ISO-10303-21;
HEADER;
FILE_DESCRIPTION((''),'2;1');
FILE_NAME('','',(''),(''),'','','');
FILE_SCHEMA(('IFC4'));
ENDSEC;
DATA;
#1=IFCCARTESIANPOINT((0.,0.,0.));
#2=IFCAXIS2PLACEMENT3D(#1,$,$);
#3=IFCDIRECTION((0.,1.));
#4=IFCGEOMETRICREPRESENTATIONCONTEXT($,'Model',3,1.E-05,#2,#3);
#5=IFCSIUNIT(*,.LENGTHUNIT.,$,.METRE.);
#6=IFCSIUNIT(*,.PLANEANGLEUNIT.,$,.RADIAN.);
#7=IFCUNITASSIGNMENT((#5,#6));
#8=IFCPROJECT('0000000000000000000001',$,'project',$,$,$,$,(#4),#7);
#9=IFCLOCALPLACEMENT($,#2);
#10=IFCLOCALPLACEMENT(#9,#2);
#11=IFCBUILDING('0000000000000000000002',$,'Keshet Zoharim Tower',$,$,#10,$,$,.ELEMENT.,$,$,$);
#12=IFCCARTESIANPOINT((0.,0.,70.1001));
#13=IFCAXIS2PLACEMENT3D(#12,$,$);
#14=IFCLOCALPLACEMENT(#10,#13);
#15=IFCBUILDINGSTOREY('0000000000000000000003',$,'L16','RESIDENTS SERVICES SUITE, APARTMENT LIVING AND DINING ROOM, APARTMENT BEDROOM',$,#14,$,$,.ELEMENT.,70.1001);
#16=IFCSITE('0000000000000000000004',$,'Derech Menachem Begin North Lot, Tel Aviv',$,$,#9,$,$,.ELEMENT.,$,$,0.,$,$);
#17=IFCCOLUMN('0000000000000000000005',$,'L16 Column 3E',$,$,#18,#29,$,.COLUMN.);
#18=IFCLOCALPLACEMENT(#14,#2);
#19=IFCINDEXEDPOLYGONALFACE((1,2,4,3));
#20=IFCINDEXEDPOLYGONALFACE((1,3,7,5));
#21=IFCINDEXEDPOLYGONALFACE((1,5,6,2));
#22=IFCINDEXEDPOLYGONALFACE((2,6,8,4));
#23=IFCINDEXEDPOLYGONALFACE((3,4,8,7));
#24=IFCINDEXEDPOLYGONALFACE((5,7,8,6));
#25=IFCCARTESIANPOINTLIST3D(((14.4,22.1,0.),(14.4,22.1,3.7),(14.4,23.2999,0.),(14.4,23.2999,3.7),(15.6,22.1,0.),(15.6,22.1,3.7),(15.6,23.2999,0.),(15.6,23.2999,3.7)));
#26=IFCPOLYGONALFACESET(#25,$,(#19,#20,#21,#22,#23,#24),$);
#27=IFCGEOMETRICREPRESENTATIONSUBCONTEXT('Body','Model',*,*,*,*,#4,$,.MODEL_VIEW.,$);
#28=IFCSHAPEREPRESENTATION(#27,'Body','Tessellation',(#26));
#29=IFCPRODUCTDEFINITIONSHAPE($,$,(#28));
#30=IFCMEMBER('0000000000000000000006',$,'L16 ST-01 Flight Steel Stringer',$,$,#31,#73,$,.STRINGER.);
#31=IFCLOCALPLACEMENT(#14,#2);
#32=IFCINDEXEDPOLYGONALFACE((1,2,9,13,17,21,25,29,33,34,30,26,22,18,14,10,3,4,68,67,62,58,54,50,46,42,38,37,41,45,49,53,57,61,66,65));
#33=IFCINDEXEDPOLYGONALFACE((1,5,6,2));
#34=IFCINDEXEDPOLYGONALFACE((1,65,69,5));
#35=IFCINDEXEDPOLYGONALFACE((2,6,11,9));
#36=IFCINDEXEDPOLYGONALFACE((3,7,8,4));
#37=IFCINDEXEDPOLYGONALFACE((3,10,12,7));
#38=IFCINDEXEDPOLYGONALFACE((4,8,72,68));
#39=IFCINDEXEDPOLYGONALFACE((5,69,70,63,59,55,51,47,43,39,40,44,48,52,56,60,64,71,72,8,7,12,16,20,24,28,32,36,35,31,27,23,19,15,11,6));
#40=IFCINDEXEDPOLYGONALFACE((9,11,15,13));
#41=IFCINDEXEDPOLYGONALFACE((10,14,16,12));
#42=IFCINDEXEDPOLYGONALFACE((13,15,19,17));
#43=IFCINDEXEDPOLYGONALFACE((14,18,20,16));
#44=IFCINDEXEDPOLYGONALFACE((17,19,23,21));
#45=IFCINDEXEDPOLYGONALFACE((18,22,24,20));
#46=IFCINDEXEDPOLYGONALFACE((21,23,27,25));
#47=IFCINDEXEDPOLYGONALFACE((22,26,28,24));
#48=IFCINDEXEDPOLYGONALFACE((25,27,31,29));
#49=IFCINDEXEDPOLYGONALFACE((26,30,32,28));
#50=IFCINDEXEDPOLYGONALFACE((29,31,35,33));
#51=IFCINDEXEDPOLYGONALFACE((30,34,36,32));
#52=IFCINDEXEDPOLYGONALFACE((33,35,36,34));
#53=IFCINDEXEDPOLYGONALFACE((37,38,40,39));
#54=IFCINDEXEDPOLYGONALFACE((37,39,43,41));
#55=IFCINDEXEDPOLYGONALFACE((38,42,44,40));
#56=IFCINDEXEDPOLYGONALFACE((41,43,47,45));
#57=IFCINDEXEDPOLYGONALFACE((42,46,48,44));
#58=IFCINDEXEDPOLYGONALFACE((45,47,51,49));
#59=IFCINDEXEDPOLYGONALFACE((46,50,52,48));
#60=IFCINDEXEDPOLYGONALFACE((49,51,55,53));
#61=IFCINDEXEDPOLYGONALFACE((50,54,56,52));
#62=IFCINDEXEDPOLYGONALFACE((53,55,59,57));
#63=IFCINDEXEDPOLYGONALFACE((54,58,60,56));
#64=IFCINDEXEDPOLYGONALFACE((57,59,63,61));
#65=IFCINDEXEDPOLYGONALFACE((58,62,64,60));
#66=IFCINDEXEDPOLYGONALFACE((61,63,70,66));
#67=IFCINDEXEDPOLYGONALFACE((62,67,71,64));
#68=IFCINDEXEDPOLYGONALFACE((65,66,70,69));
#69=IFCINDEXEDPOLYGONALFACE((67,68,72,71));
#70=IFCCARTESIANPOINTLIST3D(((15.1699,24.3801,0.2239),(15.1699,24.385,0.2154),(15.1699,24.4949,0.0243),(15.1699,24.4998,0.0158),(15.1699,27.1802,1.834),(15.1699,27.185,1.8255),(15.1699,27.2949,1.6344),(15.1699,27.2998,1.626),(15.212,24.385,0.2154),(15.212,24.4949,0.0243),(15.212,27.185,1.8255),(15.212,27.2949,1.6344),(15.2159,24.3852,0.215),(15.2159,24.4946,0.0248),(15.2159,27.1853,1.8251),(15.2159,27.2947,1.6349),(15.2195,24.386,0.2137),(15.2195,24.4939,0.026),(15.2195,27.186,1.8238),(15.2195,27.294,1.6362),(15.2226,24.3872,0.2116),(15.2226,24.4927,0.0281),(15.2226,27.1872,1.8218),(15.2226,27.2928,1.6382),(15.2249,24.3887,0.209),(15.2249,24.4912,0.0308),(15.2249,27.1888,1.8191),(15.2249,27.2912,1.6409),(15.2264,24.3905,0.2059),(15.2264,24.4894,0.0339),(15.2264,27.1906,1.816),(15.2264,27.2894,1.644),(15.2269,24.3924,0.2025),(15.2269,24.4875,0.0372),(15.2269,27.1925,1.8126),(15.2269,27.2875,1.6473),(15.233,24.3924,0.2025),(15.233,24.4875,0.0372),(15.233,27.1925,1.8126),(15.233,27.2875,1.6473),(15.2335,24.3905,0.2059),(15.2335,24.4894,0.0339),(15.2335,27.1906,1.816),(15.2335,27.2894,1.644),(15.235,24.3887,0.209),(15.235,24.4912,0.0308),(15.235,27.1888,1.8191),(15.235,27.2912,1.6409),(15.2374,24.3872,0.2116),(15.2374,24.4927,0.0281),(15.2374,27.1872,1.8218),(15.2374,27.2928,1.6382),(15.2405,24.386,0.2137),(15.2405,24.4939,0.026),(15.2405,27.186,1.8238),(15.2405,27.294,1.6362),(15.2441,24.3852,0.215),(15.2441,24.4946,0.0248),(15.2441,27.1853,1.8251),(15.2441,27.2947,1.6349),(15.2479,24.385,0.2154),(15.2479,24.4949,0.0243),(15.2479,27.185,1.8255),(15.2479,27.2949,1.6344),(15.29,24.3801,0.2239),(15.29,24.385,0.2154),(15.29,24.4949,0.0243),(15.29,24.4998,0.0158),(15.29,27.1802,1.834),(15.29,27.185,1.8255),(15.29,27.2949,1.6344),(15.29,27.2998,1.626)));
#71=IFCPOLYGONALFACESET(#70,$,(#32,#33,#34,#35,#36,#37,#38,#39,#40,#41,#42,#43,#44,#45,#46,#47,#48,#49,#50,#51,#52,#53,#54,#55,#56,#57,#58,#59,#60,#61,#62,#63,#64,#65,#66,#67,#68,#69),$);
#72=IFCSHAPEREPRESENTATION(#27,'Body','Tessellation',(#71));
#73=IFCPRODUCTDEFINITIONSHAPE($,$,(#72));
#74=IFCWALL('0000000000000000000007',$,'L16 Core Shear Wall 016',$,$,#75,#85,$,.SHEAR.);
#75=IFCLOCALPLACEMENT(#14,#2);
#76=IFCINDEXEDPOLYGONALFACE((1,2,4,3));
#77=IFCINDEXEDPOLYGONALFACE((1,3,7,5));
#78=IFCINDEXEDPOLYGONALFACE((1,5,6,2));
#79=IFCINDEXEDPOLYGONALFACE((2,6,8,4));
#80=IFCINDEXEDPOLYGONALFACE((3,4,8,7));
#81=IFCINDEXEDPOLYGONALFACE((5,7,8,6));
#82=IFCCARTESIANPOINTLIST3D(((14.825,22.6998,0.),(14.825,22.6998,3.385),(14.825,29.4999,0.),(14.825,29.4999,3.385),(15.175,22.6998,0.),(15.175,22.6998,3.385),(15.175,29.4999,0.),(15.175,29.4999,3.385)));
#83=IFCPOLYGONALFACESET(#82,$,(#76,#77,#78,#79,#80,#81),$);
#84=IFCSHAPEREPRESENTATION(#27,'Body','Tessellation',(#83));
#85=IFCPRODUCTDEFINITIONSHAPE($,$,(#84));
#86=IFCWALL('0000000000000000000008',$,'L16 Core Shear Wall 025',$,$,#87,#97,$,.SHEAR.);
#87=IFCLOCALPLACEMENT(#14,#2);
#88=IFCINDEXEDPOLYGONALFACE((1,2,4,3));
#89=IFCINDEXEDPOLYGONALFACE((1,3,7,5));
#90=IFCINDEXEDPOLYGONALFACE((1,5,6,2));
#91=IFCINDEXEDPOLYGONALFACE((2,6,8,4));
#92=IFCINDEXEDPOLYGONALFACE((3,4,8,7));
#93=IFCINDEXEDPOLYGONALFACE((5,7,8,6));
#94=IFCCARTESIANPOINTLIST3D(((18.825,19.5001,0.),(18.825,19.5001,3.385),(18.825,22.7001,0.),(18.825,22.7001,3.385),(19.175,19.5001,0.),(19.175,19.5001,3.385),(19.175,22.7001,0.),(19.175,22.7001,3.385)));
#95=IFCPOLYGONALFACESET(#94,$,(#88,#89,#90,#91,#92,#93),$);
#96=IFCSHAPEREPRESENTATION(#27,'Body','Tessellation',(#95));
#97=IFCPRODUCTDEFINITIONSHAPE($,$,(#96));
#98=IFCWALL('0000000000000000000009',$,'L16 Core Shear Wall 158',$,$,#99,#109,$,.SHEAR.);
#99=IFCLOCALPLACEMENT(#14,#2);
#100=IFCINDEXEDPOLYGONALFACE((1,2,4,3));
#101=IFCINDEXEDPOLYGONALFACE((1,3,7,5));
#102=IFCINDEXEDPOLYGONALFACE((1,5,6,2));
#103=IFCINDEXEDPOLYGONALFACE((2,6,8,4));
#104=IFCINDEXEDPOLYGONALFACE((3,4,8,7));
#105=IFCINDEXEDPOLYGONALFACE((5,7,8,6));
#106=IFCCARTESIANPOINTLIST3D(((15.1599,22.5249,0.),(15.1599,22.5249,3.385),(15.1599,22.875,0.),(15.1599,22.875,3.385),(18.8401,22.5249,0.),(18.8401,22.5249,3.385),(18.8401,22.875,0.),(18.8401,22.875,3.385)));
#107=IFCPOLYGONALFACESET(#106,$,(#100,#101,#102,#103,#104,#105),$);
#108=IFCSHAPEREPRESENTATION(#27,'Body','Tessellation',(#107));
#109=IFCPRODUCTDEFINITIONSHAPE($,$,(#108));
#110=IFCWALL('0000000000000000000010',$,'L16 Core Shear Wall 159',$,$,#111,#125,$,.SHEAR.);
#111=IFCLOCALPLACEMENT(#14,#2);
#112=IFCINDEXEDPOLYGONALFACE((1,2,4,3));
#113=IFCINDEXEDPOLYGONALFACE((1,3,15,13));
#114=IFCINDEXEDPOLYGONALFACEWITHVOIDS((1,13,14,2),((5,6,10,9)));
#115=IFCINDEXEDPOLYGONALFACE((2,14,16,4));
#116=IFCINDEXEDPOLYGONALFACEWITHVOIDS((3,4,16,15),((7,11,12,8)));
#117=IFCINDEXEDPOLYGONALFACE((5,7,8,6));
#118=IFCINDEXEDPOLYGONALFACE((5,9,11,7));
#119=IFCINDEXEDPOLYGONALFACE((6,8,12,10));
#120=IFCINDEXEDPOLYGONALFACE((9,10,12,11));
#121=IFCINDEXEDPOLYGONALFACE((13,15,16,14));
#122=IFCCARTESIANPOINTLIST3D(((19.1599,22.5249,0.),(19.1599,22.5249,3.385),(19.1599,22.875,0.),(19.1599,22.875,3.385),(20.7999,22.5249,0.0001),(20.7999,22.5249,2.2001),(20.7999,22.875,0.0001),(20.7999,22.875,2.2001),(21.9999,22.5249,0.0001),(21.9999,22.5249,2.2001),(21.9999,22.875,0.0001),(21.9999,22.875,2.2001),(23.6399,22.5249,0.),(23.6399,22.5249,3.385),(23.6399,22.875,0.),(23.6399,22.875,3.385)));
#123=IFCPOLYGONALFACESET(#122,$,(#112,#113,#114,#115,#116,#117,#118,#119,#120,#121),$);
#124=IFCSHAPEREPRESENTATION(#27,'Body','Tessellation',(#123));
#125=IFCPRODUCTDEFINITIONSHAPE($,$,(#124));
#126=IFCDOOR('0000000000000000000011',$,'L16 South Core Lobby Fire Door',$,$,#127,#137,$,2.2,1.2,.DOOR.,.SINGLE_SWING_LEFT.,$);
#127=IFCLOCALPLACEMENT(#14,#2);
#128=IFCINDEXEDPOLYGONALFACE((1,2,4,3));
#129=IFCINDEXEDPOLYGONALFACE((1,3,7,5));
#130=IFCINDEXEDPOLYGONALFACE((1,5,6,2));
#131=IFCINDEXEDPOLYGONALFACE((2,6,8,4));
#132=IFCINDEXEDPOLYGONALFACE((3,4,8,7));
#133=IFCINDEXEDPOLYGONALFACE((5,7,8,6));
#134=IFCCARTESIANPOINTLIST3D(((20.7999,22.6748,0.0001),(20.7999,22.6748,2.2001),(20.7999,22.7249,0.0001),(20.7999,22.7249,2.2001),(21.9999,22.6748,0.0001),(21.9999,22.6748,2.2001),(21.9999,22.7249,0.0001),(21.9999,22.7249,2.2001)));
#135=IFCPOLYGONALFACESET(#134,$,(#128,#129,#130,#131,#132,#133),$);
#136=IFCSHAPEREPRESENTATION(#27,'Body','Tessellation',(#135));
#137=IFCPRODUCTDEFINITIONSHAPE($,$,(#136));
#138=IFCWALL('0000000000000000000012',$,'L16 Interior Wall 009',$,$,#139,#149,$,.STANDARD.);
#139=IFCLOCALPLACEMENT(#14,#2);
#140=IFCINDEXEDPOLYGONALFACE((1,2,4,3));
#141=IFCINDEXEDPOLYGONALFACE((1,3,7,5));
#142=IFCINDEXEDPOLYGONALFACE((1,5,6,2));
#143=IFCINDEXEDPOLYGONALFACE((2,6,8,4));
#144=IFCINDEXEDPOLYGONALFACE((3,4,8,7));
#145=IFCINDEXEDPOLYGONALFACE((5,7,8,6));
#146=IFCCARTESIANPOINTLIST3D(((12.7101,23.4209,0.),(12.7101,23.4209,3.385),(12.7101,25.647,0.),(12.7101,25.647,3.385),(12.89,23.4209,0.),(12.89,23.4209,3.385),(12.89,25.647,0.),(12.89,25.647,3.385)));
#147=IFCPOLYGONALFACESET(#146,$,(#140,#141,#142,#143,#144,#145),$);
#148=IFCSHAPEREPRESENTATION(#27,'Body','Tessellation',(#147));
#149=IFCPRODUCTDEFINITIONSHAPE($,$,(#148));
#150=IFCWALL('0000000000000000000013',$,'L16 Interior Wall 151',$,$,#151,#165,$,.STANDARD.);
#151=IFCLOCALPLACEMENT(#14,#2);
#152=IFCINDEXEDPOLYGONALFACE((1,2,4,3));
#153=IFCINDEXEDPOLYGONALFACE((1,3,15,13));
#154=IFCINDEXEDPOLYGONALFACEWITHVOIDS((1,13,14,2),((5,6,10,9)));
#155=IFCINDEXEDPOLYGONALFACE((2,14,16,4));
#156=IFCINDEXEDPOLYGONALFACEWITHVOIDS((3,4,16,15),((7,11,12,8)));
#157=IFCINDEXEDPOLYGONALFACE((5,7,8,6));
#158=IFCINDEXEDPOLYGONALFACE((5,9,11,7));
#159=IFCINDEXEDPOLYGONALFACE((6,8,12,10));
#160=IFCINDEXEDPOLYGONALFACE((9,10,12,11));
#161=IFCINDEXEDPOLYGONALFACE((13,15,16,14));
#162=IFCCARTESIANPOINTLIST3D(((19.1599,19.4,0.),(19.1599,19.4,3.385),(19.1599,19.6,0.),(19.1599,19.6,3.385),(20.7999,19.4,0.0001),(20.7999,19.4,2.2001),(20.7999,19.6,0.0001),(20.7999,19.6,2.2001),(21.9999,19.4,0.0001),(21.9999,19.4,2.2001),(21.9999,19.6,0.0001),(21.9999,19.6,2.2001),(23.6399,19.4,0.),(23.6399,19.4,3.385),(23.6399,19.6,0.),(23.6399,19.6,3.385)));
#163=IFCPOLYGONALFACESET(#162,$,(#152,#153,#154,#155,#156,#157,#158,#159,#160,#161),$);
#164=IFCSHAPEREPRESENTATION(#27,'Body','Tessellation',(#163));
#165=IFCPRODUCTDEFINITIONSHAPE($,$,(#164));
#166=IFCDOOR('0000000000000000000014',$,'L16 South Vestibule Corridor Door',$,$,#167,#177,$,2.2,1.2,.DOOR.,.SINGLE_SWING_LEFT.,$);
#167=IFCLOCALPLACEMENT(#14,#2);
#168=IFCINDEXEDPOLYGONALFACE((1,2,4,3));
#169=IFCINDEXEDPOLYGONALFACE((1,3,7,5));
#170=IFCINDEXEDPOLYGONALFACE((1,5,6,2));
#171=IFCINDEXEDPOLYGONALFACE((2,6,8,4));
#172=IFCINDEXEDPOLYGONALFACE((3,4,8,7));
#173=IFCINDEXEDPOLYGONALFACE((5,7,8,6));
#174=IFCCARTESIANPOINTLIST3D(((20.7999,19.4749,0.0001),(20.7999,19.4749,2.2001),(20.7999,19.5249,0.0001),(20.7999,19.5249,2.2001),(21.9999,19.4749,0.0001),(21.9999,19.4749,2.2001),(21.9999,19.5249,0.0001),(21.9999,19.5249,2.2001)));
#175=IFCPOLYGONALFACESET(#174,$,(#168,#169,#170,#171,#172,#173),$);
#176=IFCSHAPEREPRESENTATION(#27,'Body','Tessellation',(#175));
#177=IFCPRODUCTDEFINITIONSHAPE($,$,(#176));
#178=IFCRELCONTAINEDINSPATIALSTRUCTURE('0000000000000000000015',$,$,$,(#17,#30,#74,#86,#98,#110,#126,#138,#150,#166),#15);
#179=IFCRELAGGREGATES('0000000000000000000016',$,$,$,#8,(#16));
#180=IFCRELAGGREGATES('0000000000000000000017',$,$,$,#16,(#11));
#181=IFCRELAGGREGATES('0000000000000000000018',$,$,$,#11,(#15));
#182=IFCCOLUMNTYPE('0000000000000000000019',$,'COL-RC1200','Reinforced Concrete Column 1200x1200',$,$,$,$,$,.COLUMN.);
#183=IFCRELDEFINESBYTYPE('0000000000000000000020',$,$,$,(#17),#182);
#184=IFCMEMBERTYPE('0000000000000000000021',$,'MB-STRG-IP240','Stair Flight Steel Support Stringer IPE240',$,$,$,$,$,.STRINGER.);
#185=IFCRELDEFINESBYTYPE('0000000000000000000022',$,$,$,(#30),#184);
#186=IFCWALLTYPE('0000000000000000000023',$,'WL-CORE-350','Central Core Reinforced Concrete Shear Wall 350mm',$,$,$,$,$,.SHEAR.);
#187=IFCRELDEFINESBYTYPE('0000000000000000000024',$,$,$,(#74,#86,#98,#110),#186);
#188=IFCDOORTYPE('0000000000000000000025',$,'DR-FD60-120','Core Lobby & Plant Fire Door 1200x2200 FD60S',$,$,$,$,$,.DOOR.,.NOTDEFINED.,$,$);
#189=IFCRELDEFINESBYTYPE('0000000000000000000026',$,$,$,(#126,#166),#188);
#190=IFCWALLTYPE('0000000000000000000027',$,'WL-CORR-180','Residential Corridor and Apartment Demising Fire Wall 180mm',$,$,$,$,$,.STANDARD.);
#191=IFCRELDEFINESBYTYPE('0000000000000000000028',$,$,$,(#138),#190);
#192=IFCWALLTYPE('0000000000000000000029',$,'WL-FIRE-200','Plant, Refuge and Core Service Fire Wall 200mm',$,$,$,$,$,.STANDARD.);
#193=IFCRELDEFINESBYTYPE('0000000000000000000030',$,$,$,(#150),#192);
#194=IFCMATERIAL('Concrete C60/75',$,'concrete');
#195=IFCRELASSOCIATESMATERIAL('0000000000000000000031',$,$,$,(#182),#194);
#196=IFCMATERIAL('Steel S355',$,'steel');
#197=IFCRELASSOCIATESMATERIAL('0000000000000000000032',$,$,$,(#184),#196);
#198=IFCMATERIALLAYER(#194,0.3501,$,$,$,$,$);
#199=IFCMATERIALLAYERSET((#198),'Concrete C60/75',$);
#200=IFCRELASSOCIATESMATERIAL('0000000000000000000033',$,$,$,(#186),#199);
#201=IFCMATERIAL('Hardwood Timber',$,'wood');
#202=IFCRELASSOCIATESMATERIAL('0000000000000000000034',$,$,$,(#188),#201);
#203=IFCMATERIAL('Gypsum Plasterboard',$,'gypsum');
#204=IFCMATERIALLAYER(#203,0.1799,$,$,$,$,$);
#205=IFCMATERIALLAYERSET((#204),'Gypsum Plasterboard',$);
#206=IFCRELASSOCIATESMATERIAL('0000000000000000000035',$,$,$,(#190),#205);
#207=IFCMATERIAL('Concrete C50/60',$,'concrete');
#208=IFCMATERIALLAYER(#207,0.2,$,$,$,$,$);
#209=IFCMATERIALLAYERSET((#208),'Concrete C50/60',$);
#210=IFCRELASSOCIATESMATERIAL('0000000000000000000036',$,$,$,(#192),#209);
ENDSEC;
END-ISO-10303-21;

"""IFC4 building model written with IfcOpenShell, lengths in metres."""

from ifc_helpers import new_model, si_unit, direction, frame, frame_2d, origin, origin_2d, place, context, subcontext, project, spatial, rectangle, i_section, extrude, material, layer, layer_set, material_profile, profile_set, type_object, element, fill, save


model = new_model("IFC4")

# Units and contexts
model_context = context("Model", 3, precision=1e-05, world=origin(), true_north=direction((0.0, 1.0)))
body_context = subcontext(model_context, "Body", "Model", "MODEL_VIEW")
ifc_project = project(units=[si_unit("LENGTHUNIT", "METRE"), si_unit("PLANEANGLEUNIT", "RADIAN")], contexts=[model_context])

# Site, building, storey
site_placement = place(None, origin())
site = spatial("IfcSite", under=ifc_project, at=site_placement, Name="Derech Menachem Begin North Lot, Tel Aviv", CompositionType="ELEMENT", RefElevation=0.0)
building_placement = place(site_placement, origin())
building = spatial("IfcBuilding", under=site, at=building_placement, Name="Keshet Zoharim Tower", CompositionType="ELEMENT")
storey_placement = place(building_placement, frame((0.0, 0.0, 70.1001)))
storey = spatial("IfcBuildingStorey", under=building, at=storey_placement, Name="L16", Description="RESIDENTS SERVICES SUITE, APARTMENT LIVING AND DINING ROOM, APARTMENT BEDROOM", CompositionType="ELEMENT", Elevation=70.1001)

# Column
ifc_material_1 = material(Name="Concrete C60/75", Category="concrete")
ifc_material_profile_1 = material_profile(ifc_material_1, rectangle(XDim=1.2, YDim=1.2, at=origin_2d()), Name="RC1200x1200")
ifc_profile_set_1 = profile_set([ifc_material_profile_1], Name="Concrete C60/75")
column_type = type_object("IfcColumnType", Name="COL-RC1200", Description="Reinforced Concrete Column 1200x1200", PredefinedType="COLUMN", material=ifc_profile_set_1)
column_placement = place(storey_placement, frame((15.0, 22.7, 0.0), z_axis=(0.0, 0.0, 1.0), x_axis=(1.0, 0.0, 0.0)))
element("IfcColumn", 1, at=column_placement, inside=storey, type_object=column_type, Name="L16 Column 3E", PredefinedType="COLUMN", context=body_context, shape_type="SweptSolid", body=[
    extrude(rectangle(XDim=1.2, YDim=1.2, at=origin_2d()), origin(), (0.0, 0.0, 1.0), 3.7),
])

# Member
ifc_material_2 = material(Name="Steel S355", Category="steel")
ifc_material_profile_2 = material_profile(ifc_material_2, i_section(OverallWidth=0.1201, OverallDepth=0.24, WebThickness=0.0061, FlangeThickness=0.0098, FilletRadius=0.0149, at=origin_2d()), Name="IPE240")
ifc_profile_set_2 = profile_set([ifc_material_profile_2], Name="Steel S355")
member_type = type_object("IfcMemberType", Name="MB-STRG-IP240", Description="Stair Flight Steel Support Stringer IPE240", PredefinedType="STRINGER", material=ifc_profile_set_2)
member_placement = place(storey_placement, frame((15.23, 24.4399, 0.1199), z_axis=(0.0, 0.866896, 0.49849), x_axis=(-1.0, 0.0, 0.0)))
element("IfcMember", 2, at=member_placement, inside=storey, type_object=member_type, Name="L16 ST-01 Flight Steel Stringer", PredefinedType="STRINGER", context=body_context, shape_type="SweptSolid", body=[
    extrude(i_section(OverallWidth=0.1201, OverallDepth=0.24, WebThickness=0.0061, FlangeThickness=0.0098, FilletRadius=0.0149, at=origin_2d()), origin(), (0.0, 0.0, 1.0), 3.23),
])

# Walls
ifc_layer_1 = layer(ifc_material_1, 0.3501)
ifc_layer_set_1 = layer_set([ifc_layer_1], Name="Concrete C60/75")
wall_type_1 = type_object("IfcWallType", Name="WL-CORE-350", Description="Central Core Reinforced Concrete Shear Wall 350mm", PredefinedType="SHEAR", material=ifc_layer_set_1)
wall_1_placement = place(storey_placement, frame((15.0, 22.7, 0.0), z_axis=(0.0, 0.0, 1.0), x_axis=(0.0, 1.0, 0.0)))
element("IfcWall", 3, at=wall_1_placement, inside=storey, type_object=wall_type_1, Name="L16 Core Shear Wall 016", PredefinedType="SHEAR", context=body_context, shape_type="SweptSolid", body=[
    extrude(rectangle(XDim=6.8, YDim=0.3501, at=frame_2d((3.3999, 0.0))), origin(), (0.0, 0.0, 1.0), 3.385),
])
wall_2_placement = place(storey_placement, frame((19.0, 19.5, 0.0), z_axis=(0.0, 0.0, 1.0), x_axis=(0.0, 1.0, 0.0)))
element("IfcWall", 4, at=wall_2_placement, inside=storey, type_object=wall_type_1, Name="L16 Core Shear Wall 025", PredefinedType="SHEAR", context=body_context, shape_type="SweptSolid", body=[
    extrude(rectangle(XDim=3.2, YDim=0.3501, at=frame_2d((1.6001, 0.0))), origin(), (0.0, 0.0, 1.0), 3.385),
])

# Shared definitions
ifc_material_3 = material(Name="Hardwood Timber", Category="wood")

# Wall
wall_3_placement = place(storey_placement, frame((15.1599, 22.7, 0.0), z_axis=(0.0, 0.0, 1.0), x_axis=(1.0, 0.0, 0.0)))
element("IfcWall", 5, at=wall_3_placement, inside=storey, type_object=wall_type_1, Name="L16 Core Shear Wall 158", PredefinedType="SHEAR", context=body_context, shape_type="SweptSolid", body=[
    extrude(rectangle(XDim=3.6802, YDim=0.3501, at=frame_2d((1.8401, 0.0))), origin(), (0.0, 0.0, 1.0), 3.385),
])

# Wall, opening, door
wall_4_placement = place(storey_placement, frame((19.1599, 22.7, 0.0), z_axis=(0.0, 0.0, 1.0), x_axis=(1.0, 0.0, 0.0)))
wall_4 = element("IfcWall", 6, at=wall_4_placement, inside=storey, type_object=wall_type_1, Name="L16 Core Shear Wall 159", PredefinedType="SHEAR", context=body_context, shape_type="SweptSolid", body=[
    extrude(rectangle(XDim=4.48, YDim=0.3501, at=frame_2d((2.24, 0.0))), origin(), (0.0, 0.0, 1.0), 3.385),
])
opening_1_placement = place(wall_4_placement, frame((1.6399, 0.0, 0.0)))
opening_1 = element("IfcOpeningElement", 7, at=opening_1_placement, cuts=wall_4, PredefinedType="OPENING", context=body_context, shape_type="SweptSolid", body=[
    extrude(rectangle(XDim=1.2, YDim=2.2, at=frame_2d((0.6001, 1.1001))), frame((0.0, 0.1851, 0.0), z_axis=(0.0, -1.0, 0.0), x_axis=(1.0, 0.0, 0.0)), (0.0, 0.0, 1.0), 0.3701),
])
door_type_1 = type_object("IfcDoorType", Name="DR-FD60-120", Description="Core Lobby & Plant Fire Door 1200x2200 FD60S", OperationType="NOTDEFINED", PredefinedType="DOOR", material=ifc_material_3)
door_1_placement = place(opening_1_placement, origin())
door_1 = element("IfcDoor", 8, at=door_1_placement, inside=storey, type_object=door_type_1, Name="L16 South Core Lobby Fire Door", OperationType="SINGLE_SWING_LEFT", OverallHeight=2.2, OverallWidth=1.2, PredefinedType="DOOR", context=body_context, shape_type="SweptSolid", body=[
    extrude(rectangle(XDim=1.2, YDim=2.2, at=frame_2d((0.6001, 1.1001))), frame((0.0, 0.0249, 0.0), z_axis=(0.0, -1.0, 0.0), x_axis=(1.0, 0.0, 0.0)), (0.0, 0.0, 1.0), 0.05),
])
fill(opening_1, door_1)

# Wall
ifc_material_4 = material(Name="Gypsum Plasterboard", Category="gypsum")
ifc_layer_2 = layer(ifc_material_4, 0.1799)
ifc_layer_set_2 = layer_set([ifc_layer_2], Name="Gypsum Plasterboard")
wall_type_2 = type_object("IfcWallType", Name="WL-CORR-180", Description="Residential Corridor and Apartment Demising Fire Wall 180mm", PredefinedType="STANDARD", material=ifc_layer_set_2)
wall_5_placement = place(storey_placement, frame((12.8, 23.4209, 0.0), z_axis=(0.0, 0.0, 1.0), x_axis=(0.0, 1.0, 0.0)))
element("IfcWall", 9, at=wall_5_placement, inside=storey, type_object=wall_type_2, Name="L16 Interior Wall 009", PredefinedType="STANDARD", context=body_context, shape_type="SweptSolid", body=[
    extrude(rectangle(XDim=2.2261, YDim=0.1799, at=frame_2d((1.113, 0.0))), origin(), (0.0, 0.0, 1.0), 3.385),
])

# Wall, opening, door
ifc_material_5 = material(Name="Concrete C50/60", Category="concrete")
ifc_layer_3 = layer(ifc_material_5, 0.2)
ifc_layer_set_3 = layer_set([ifc_layer_3], Name="Concrete C50/60")
wall_type_3 = type_object("IfcWallType", Name="WL-FIRE-200", Description="Plant, Refuge and Core Service Fire Wall 200mm", PredefinedType="STANDARD", material=ifc_layer_set_3)
wall_6_placement = place(storey_placement, frame((19.1599, 19.5, 0.0), z_axis=(0.0, 0.0, 1.0), x_axis=(1.0, 0.0, 0.0)))
wall_6 = element("IfcWall", 10, at=wall_6_placement, inside=storey, type_object=wall_type_3, Name="L16 Interior Wall 151", PredefinedType="STANDARD", context=body_context, shape_type="SweptSolid", body=[
    extrude(rectangle(XDim=4.48, YDim=0.2, at=frame_2d((2.24, 0.0))), origin(), (0.0, 0.0, 1.0), 3.385),
])
opening_2_placement = place(wall_6_placement, frame((1.6399, 0.0, 0.0)))
opening_2 = element("IfcOpeningElement", 11, at=opening_2_placement, cuts=wall_6, PredefinedType="OPENING", context=body_context, shape_type="SweptSolid", body=[
    extrude(rectangle(XDim=1.2, YDim=2.2, at=frame_2d((0.6001, 1.1001))), frame((0.0, 0.1099, 0.0), z_axis=(0.0, -1.0, 0.0), x_axis=(1.0, 0.0, 0.0)), (0.0, 0.0, 1.0), 0.22),
])
door_2_placement = place(opening_2_placement, origin())
door_2 = element("IfcDoor", 12, at=door_2_placement, inside=storey, type_object=door_type_1, Name="L16 South Vestibule Corridor Door", OperationType="SINGLE_SWING_LEFT", OverallHeight=2.2, OverallWidth=1.2, PredefinedType="DOOR", context=body_context, shape_type="SweptSolid", body=[
    extrude(rectangle(XDim=1.2, YDim=2.2, at=frame_2d((0.6001, 1.1001))), frame((0.0, 0.0249, 0.0), z_axis=(0.0, -1.0, 0.0), x_axis=(1.0, 0.0, 0.0)), (0.0, 0.0, 1.0), 0.05),
])
fill(opening_2, door_2)

save(model, "model.ifc")
